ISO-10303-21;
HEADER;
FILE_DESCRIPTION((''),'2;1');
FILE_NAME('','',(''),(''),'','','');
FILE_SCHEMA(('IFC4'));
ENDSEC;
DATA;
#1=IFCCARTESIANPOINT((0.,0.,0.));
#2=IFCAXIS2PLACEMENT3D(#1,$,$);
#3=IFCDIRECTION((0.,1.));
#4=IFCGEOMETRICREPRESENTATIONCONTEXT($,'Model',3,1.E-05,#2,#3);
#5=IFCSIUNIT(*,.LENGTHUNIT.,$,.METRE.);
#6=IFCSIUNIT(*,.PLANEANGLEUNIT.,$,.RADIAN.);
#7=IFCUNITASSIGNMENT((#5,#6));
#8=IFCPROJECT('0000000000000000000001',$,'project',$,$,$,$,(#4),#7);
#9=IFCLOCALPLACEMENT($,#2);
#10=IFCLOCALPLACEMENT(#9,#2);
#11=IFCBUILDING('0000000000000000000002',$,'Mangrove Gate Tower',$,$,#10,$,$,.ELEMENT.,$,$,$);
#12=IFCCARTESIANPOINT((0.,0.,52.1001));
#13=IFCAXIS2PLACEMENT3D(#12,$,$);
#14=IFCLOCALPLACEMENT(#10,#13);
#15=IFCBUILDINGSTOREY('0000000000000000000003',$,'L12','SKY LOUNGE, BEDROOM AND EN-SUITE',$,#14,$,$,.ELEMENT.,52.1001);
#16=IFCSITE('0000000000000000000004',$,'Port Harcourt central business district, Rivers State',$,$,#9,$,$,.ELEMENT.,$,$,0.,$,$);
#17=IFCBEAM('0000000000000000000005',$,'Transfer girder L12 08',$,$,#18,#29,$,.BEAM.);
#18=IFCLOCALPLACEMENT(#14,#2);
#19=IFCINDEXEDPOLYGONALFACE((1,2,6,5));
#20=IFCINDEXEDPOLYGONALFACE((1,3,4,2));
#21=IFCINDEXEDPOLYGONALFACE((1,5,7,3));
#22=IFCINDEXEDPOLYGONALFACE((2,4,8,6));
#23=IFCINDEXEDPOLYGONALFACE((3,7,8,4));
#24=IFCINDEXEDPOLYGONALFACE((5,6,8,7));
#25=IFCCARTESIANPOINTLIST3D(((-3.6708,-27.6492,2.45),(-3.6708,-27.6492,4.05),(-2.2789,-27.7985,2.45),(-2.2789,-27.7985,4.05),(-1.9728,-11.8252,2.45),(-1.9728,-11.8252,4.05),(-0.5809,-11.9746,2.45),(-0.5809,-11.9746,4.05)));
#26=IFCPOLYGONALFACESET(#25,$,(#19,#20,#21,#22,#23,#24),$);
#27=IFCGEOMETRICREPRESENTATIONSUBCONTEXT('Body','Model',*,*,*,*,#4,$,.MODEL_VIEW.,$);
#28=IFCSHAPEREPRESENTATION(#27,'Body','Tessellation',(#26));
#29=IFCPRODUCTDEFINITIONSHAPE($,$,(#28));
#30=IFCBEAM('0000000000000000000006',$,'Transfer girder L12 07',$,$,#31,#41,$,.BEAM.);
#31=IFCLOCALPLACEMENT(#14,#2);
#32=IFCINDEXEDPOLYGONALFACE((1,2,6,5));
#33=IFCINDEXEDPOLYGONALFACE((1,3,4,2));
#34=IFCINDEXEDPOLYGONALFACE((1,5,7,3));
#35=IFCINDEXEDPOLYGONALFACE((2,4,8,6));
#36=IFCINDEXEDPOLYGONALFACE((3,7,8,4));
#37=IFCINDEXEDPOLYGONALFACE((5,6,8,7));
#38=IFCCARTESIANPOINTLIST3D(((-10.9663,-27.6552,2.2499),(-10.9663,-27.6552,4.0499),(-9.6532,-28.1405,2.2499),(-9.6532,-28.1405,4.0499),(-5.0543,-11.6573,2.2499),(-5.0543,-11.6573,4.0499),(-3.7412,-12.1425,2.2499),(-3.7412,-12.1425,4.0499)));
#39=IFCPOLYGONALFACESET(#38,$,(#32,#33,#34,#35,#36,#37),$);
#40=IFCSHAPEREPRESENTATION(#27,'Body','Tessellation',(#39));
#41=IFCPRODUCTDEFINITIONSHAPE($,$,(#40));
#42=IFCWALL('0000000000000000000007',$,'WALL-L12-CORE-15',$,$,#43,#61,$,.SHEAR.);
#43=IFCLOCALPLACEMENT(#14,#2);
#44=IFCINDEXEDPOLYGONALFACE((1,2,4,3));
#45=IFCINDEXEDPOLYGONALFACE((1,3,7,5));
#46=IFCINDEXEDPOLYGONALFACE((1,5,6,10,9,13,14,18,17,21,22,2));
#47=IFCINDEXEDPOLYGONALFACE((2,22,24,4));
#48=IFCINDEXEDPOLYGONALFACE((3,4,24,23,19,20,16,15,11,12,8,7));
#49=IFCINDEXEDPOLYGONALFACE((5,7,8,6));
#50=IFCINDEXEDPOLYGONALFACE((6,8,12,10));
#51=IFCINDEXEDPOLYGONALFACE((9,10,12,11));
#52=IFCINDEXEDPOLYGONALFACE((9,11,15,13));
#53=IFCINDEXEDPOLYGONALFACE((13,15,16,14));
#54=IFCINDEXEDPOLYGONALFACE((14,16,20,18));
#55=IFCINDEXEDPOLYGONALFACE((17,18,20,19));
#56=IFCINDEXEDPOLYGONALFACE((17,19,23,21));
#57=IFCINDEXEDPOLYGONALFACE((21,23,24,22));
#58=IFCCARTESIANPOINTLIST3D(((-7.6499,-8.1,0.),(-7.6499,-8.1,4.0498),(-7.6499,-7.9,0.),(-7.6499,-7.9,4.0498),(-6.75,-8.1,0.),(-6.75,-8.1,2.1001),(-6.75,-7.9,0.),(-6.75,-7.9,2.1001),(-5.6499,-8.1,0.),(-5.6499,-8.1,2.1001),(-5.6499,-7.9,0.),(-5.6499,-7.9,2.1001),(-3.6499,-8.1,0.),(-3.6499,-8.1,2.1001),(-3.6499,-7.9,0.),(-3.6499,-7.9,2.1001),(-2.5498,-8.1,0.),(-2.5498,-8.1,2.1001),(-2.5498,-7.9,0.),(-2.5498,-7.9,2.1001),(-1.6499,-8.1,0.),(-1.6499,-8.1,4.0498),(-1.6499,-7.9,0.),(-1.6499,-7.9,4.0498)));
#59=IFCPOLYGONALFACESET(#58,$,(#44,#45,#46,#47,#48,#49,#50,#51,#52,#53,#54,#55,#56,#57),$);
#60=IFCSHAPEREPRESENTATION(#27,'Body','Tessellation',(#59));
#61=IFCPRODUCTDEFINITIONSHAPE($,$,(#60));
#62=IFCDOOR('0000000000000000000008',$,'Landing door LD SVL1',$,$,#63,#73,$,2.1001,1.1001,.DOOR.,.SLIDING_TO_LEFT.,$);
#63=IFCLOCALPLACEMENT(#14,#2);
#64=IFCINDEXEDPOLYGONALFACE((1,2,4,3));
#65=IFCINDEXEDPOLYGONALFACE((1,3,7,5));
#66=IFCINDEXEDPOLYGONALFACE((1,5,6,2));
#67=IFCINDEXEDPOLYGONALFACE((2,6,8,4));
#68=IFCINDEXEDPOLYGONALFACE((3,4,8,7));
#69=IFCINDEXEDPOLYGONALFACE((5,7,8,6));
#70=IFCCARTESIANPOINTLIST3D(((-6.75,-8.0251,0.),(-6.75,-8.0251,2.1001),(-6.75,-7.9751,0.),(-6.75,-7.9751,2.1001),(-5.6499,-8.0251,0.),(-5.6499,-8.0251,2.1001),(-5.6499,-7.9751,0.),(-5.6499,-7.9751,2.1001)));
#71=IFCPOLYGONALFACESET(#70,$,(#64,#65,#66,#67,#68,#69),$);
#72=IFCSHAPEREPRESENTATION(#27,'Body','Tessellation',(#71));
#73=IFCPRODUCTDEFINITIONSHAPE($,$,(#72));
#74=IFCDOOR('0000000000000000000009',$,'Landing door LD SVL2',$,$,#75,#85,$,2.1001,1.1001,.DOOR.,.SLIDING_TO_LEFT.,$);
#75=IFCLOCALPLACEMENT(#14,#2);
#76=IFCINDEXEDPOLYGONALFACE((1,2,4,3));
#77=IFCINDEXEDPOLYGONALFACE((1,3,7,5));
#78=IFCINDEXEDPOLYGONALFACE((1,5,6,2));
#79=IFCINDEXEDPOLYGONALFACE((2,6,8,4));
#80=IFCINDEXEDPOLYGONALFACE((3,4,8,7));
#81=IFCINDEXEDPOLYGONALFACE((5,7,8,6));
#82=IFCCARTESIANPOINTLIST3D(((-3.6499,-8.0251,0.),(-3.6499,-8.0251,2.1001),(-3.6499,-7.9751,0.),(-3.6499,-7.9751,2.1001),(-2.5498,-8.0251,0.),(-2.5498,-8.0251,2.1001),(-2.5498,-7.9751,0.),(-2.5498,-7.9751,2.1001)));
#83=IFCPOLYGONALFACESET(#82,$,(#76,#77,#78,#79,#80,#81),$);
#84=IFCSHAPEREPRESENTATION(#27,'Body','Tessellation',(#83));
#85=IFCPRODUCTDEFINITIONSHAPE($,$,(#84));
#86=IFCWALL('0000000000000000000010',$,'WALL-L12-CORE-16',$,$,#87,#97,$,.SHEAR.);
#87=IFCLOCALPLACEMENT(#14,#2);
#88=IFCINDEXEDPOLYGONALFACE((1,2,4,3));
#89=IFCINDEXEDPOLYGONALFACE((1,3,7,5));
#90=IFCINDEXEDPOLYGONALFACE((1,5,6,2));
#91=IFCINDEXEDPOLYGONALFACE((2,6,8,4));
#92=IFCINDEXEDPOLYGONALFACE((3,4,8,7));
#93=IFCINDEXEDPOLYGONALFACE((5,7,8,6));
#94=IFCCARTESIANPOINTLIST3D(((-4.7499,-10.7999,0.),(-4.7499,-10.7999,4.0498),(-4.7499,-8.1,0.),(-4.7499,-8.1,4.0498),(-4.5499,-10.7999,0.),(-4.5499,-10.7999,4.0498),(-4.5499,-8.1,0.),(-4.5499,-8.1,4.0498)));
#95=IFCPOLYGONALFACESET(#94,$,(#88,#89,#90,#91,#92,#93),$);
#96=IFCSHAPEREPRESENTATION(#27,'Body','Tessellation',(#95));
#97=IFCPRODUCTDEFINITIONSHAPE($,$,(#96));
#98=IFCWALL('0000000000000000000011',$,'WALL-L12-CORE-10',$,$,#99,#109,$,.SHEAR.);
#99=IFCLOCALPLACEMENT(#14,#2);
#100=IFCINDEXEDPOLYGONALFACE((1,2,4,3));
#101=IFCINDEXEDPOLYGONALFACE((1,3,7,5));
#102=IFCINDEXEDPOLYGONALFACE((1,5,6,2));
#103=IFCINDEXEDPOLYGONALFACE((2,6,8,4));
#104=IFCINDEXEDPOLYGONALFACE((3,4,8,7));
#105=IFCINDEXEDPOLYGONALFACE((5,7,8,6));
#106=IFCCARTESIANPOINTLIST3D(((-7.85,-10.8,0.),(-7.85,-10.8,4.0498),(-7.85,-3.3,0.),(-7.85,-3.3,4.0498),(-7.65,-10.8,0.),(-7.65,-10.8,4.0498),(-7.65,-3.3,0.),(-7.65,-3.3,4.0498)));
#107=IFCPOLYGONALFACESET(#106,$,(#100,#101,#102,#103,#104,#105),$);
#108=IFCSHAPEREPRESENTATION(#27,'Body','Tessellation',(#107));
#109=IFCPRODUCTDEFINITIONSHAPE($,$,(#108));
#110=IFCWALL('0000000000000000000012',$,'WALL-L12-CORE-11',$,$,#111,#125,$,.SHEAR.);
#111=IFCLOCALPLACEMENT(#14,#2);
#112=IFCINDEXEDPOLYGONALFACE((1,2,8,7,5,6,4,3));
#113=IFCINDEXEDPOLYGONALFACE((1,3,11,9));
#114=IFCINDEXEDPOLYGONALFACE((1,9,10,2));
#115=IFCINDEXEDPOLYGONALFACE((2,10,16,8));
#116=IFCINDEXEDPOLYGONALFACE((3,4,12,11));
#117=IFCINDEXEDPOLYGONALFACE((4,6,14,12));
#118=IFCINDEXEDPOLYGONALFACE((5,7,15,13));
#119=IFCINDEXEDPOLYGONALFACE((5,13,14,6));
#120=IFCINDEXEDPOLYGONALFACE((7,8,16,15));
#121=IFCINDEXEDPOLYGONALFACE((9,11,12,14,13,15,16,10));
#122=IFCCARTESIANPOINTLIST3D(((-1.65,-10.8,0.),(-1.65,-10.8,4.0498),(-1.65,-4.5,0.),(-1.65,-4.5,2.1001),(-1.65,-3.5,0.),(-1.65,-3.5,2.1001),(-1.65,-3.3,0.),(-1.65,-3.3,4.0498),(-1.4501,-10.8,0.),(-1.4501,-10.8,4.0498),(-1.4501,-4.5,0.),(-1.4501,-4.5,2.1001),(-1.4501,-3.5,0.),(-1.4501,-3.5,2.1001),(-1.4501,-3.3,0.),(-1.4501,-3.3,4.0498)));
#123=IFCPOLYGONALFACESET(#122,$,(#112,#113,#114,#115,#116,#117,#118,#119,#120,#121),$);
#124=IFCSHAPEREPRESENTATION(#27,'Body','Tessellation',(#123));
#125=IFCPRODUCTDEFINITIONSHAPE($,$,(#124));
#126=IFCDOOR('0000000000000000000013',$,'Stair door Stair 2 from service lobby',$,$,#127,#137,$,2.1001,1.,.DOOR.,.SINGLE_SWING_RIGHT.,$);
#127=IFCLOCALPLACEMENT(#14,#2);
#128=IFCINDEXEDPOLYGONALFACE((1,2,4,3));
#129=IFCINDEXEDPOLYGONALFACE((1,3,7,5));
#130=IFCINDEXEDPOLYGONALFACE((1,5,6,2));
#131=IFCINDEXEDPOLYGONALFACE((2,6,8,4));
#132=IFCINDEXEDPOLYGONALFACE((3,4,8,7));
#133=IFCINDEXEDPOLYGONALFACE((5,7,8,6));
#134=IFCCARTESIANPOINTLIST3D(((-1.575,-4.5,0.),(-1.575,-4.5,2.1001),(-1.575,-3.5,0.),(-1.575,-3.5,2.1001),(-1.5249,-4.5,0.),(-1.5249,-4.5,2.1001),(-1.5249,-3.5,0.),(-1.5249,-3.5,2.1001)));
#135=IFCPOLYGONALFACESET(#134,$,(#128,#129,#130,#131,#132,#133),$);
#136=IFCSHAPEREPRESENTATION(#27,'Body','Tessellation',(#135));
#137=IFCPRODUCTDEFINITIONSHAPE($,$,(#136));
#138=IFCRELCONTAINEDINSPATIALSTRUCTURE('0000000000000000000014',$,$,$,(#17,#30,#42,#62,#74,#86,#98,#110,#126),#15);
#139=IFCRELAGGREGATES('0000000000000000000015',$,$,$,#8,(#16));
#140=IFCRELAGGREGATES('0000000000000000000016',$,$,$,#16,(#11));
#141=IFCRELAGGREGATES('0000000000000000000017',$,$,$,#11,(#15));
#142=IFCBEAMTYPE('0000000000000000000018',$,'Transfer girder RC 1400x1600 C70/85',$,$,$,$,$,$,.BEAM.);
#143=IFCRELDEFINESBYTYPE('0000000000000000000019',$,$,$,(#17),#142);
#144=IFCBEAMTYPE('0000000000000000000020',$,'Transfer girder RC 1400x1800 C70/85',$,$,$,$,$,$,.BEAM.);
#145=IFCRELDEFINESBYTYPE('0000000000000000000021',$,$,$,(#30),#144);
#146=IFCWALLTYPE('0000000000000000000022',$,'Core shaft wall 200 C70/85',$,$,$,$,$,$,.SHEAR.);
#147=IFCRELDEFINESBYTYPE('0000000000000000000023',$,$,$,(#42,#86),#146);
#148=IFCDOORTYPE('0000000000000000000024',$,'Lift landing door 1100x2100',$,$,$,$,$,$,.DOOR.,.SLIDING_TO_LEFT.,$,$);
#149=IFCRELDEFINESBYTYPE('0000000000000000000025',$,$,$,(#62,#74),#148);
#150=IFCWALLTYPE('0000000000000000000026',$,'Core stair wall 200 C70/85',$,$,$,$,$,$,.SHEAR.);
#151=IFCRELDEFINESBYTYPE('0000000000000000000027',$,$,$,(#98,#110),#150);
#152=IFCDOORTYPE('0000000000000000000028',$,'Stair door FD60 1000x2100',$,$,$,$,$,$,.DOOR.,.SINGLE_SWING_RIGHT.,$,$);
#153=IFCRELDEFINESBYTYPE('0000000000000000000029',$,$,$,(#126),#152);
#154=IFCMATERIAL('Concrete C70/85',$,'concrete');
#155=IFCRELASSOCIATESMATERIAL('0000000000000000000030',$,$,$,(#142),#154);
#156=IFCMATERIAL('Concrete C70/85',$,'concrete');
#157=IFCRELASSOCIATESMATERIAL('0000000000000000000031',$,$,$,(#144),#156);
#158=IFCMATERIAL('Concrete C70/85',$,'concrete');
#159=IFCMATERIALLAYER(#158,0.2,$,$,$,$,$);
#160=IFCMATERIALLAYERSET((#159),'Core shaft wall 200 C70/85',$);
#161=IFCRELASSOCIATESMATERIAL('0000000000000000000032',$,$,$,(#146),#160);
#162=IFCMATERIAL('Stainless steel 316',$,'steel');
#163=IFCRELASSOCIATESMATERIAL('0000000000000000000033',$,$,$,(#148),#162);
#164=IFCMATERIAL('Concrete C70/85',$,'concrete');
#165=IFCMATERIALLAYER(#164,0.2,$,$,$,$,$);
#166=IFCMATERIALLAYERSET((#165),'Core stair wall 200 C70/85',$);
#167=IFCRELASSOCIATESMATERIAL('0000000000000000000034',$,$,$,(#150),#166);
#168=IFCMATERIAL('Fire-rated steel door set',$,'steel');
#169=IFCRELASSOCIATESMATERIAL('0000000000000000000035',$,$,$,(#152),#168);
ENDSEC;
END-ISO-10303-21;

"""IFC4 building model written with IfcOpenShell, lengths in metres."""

from ifc_helpers import new_model, si_unit, direction, frame, frame_2d, origin, origin_2d, place, context, subcontext, project, spatial, rectangle, extrude, material, layer, layer_set, material_profile, profile_set, type_object, element, fill, save


model = new_model("IFC4")

# Units and contexts
model_context = context("Model", 3, precision=1e-05, world=origin(), true_north=direction((0.0, 1.0)))
body_context = subcontext(model_context, "Body", "Model", "MODEL_VIEW")
ifc_project = project(units=[si_unit("LENGTHUNIT", "METRE"), si_unit("PLANEANGLEUNIT", "RADIAN")], contexts=[model_context])

# Site, building, storey
site_placement = place(None, origin())
site = spatial("IfcSite", under=ifc_project, at=site_placement, Name="Port Harcourt central business district, Rivers State", CompositionType="ELEMENT", RefElevation=0.0)
building_placement = place(site_placement, origin())
building = spatial("IfcBuilding", under=site, at=building_placement, Name="Mangrove Gate Tower", CompositionType="ELEMENT")
storey_placement = place(building_placement, frame((0.0, 0.0, 52.1001)))
storey = spatial("IfcBuildingStorey", under=building, at=storey_placement, Name="L12", Description="SKY LOUNGE, BEDROOM AND EN-SUITE", CompositionType="ELEMENT", Elevation=52.1001)

# Beams
ifc_material_1 = material(Name="Concrete C70/85", Category="concrete")
ifc_material_profile_1 = material_profile(ifc_material_1, rectangle(XDim=1.3999, YDim=1.6001, at=origin_2d()))
ifc_profile_set_1 = profile_set([ifc_material_profile_1], Name="Concrete C70/85")
beam_type_1 = type_object("IfcBeamType", Name="Transfer girder RC 1400x1600 C70/85", PredefinedType="BEAM", material=ifc_profile_set_1)
beam_1_placement = place(storey_placement, frame((-1.2769, -11.8999, 3.25), z_axis=(-0.106693, -0.994292, 0.0), x_axis=(0.994292, -0.106693, 0.0)))
element("IfcBeam", 1, at=beam_1_placement, inside=storey, type_object=beam_type_1, Name="Transfer girder L12 08", PredefinedType="BEAM", context=body_context, shape_type="SweptSolid", body=[
    extrude(rectangle(XDim=1.3999, YDim=1.6001, at=origin_2d()), origin(), (0.0, 0.0, 1.0), 15.9148),
])
ifc_material_2 = material(Name="Concrete C70/85", Category="concrete")
ifc_material_profile_2 = material_profile(ifc_material_2, rectangle(XDim=1.3999, YDim=1.8, at=origin_2d()))
ifc_profile_set_2 = profile_set([ifc_material_profile_2], Name="Concrete C70/85")
beam_type_2 = type_object("IfcBeamType", Name="Transfer girder RC 1400x1800 C70/85", PredefinedType="BEAM", material=ifc_profile_set_2)
beam_2_placement = place(storey_placement, frame((-4.3977, -11.8999, 3.1499), z_axis=(-0.346639, -0.937999, 0.0), x_axis=(0.937999, -0.346639, 0.0)))
element("IfcBeam", 2, at=beam_2_placement, inside=storey, type_object=beam_type_2, Name="Transfer girder L12 07", PredefinedType="BEAM", context=body_context, shape_type="SweptSolid", body=[
    extrude(rectangle(XDim=1.3999, YDim=1.8, at=origin_2d()), origin(), (0.0, 0.0, 1.0), 17.0554),
])

# Wall, openings, doors
ifc_material_3 = material(Name="Concrete C70/85", Category="concrete")
ifc_layer_1 = layer(ifc_material_3, 0.2)
ifc_layer_set_1 = layer_set([ifc_layer_1], Name="Core shaft wall 200 C70/85")
wall_type_1 = type_object("IfcWallType", Name="Core shaft wall 200 C70/85", PredefinedType="SHEAR", material=ifc_layer_set_1)
wall_1_placement = place(storey_placement, frame((-7.6499, -8.0, 0.0), z_axis=(0.0, 0.0, 1.0), x_axis=(1.0, 0.0, 0.0)))
wall_1 = element("IfcWall", 3, at=wall_1_placement, inside=storey, type_object=wall_type_1, Name="WALL-L12-CORE-15", PredefinedType="SHEAR", context=body_context, shape_type="SweptSolid", body=[
    extrude(rectangle(XDim=6.0, YDim=0.2, at=frame_2d((3.0, 0.0))), origin(), (0.0, 0.0, 1.0), 4.0498),
])
opening_1_placement = place(wall_1_placement, frame((0.8999, 0.0, 0.0)))
opening_1 = element("IfcOpeningElement", 4, at=opening_1_placement, cuts=wall_1, PredefinedType="OPENING", context=body_context, shape_type="SweptSolid", body=[
    extrude(rectangle(XDim=1.1001, YDim=2.1001, at=frame_2d((0.55, 1.05))), frame((0.0, 0.1099, 0.0), z_axis=(0.0, -1.0, 0.0), x_axis=(1.0, 0.0, 0.0)), (0.0, 0.0, 1.0), 0.22),
])
opening_2_placement = place(wall_1_placement, frame((4.0, 0.0, 0.0)))
opening_2 = element("IfcOpeningElement", 5, at=opening_2_placement, cuts=wall_1, PredefinedType="OPENING", context=body_context, shape_type="SweptSolid", body=[
    extrude(rectangle(XDim=1.1001, YDim=2.1001, at=frame_2d((0.55, 1.05))), frame((0.0, 0.1099, 0.0), z_axis=(0.0, -1.0, 0.0), x_axis=(1.0, 0.0, 0.0)), (0.0, 0.0, 1.0), 0.22),
])
ifc_material_4 = material(Name="Stainless steel 316", Category="steel")
door_type_1 = type_object("IfcDoorType", Name="Lift landing door 1100x2100", OperationType="SLIDING_TO_LEFT", PredefinedType="DOOR", material=ifc_material_4)
door_1_placement = place(opening_1_placement, origin())
door_1 = element("IfcDoor", 6, at=door_1_placement, inside=storey, type_object=door_type_1, Name="Landing door LD SVL1", OperationType="SLIDING_TO_LEFT", OverallHeight=2.1001, OverallWidth=1.1001, PredefinedType="DOOR", context=body_context, shape_type="SweptSolid", body=[
    extrude(rectangle(XDim=1.1001, YDim=2.1001, at=frame_2d((0.55, 1.05))), frame((0.0, 0.0249, 0.0), z_axis=(0.0, -1.0, 0.0), x_axis=(1.0, 0.0, 0.0)), (0.0, 0.0, 1.0), 0.05),
])
fill(opening_1, door_1)
door_2_placement = place(opening_2_placement, origin())
door_2 = element("IfcDoor", 7, at=door_2_placement, inside=storey, type_object=door_type_1, Name="Landing door LD SVL2", OperationType="SLIDING_TO_LEFT", OverallHeight=2.1001, OverallWidth=1.1001, PredefinedType="DOOR", context=body_context, shape_type="SweptSolid", body=[
    extrude(rectangle(XDim=1.1001, YDim=2.1001, at=frame_2d((0.55, 1.05))), frame((0.0, 0.0249, 0.0), z_axis=(0.0, -1.0, 0.0), x_axis=(1.0, 0.0, 0.0)), (0.0, 0.0, 1.0), 0.05),
])
fill(opening_2, door_2)

# Walls
wall_2_placement = place(storey_placement, frame((-4.6499, -10.8, 0.0), z_axis=(0.0, 0.0, 1.0), x_axis=(0.0, 1.0, 0.0)))
element("IfcWall", 8, at=wall_2_placement, inside=storey, type_object=wall_type_1, Name="WALL-L12-CORE-16", PredefinedType="SHEAR", context=body_context, shape_type="SweptSolid", body=[
    extrude(rectangle(XDim=2.7, YDim=0.2, at=frame_2d((1.3501, 0.0))), origin(), (0.0, 0.0, 1.0), 4.0498),
])
ifc_material_5 = material(Name="Concrete C70/85", Category="concrete")
ifc_layer_2 = layer(ifc_material_5, 0.2)
ifc_layer_set_2 = layer_set([ifc_layer_2], Name="Core stair wall 200 C70/85")
wall_type_2 = type_object("IfcWallType", Name="Core stair wall 200 C70/85", PredefinedType="SHEAR", material=ifc_layer_set_2)
wall_3_placement = place(storey_placement, frame((-7.75, -10.8, 0.0), z_axis=(0.0, 0.0, 1.0), x_axis=(0.0, 1.0, 0.0)))
element("IfcWall", 9, at=wall_3_placement, inside=storey, type_object=wall_type_2, Name="WALL-L12-CORE-10", PredefinedType="SHEAR", context=body_context, shape_type="SweptSolid", body=[
    extrude(rectangle(XDim=7.5, YDim=0.2, at=frame_2d((3.75, 0.0))), origin(), (0.0, 0.0, 1.0), 4.0498),
])

# Wall, opening, door
wall_4_placement = place(storey_placement, frame((-1.55, -10.8, 0.0), z_axis=(0.0, 0.0, 1.0), x_axis=(0.0, 1.0, 0.0)))
wall_4 = element("IfcWall", 10, at=wall_4_placement, inside=storey, type_object=wall_type_2, Name="WALL-L12-CORE-11", PredefinedType="SHEAR", context=body_context, shape_type="SweptSolid", body=[
    extrude(rectangle(XDim=7.5, YDim=0.2, at=frame_2d((3.75, 0.0))), origin(), (0.0, 0.0, 1.0), 4.0498),
])
opening_3_placement = place(wall_4_placement, frame((6.3, 0.0, 0.0)))
opening_3 = element("IfcOpeningElement", 11, at=opening_3_placement, cuts=wall_4, PredefinedType="OPENING", context=body_context, shape_type="SweptSolid", body=[
    extrude(rectangle(XDim=1.0, YDim=2.1001, at=frame_2d((0.5, 1.05))), frame((0.0, 0.1099, 0.0), z_axis=(0.0, -1.0, 0.0), x_axis=(1.0, 0.0, 0.0)), (0.0, 0.0, 1.0), 0.22),
])
ifc_material_6 = material(Name="Fire-rated steel door set", Category="steel")
door_type_2 = type_object("IfcDoorType", Name="Stair door FD60 1000x2100", OperationType="SINGLE_SWING_RIGHT", PredefinedType="DOOR", material=ifc_material_6)
door_3_placement = place(opening_3_placement, origin())
door_3 = element("IfcDoor", 12, at=door_3_placement, inside=storey, type_object=door_type_2, Name="Stair door Stair 2 from service lobby", OperationType="SINGLE_SWING_RIGHT", OverallHeight=2.1001, OverallWidth=1.0, PredefinedType="DOOR", context=body_context, shape_type="SweptSolid", body=[
    extrude(rectangle(XDim=1.0, YDim=2.1001, at=frame_2d((0.5, 1.05))), frame((0.0, 0.0249, 0.0), z_axis=(0.0, -1.0, 0.0), x_axis=(1.0, 0.0, 0.0)), (0.0, 0.0, 1.0), 0.05),
])
fill(opening_3, door_3)

save(model, "model.ifc")
